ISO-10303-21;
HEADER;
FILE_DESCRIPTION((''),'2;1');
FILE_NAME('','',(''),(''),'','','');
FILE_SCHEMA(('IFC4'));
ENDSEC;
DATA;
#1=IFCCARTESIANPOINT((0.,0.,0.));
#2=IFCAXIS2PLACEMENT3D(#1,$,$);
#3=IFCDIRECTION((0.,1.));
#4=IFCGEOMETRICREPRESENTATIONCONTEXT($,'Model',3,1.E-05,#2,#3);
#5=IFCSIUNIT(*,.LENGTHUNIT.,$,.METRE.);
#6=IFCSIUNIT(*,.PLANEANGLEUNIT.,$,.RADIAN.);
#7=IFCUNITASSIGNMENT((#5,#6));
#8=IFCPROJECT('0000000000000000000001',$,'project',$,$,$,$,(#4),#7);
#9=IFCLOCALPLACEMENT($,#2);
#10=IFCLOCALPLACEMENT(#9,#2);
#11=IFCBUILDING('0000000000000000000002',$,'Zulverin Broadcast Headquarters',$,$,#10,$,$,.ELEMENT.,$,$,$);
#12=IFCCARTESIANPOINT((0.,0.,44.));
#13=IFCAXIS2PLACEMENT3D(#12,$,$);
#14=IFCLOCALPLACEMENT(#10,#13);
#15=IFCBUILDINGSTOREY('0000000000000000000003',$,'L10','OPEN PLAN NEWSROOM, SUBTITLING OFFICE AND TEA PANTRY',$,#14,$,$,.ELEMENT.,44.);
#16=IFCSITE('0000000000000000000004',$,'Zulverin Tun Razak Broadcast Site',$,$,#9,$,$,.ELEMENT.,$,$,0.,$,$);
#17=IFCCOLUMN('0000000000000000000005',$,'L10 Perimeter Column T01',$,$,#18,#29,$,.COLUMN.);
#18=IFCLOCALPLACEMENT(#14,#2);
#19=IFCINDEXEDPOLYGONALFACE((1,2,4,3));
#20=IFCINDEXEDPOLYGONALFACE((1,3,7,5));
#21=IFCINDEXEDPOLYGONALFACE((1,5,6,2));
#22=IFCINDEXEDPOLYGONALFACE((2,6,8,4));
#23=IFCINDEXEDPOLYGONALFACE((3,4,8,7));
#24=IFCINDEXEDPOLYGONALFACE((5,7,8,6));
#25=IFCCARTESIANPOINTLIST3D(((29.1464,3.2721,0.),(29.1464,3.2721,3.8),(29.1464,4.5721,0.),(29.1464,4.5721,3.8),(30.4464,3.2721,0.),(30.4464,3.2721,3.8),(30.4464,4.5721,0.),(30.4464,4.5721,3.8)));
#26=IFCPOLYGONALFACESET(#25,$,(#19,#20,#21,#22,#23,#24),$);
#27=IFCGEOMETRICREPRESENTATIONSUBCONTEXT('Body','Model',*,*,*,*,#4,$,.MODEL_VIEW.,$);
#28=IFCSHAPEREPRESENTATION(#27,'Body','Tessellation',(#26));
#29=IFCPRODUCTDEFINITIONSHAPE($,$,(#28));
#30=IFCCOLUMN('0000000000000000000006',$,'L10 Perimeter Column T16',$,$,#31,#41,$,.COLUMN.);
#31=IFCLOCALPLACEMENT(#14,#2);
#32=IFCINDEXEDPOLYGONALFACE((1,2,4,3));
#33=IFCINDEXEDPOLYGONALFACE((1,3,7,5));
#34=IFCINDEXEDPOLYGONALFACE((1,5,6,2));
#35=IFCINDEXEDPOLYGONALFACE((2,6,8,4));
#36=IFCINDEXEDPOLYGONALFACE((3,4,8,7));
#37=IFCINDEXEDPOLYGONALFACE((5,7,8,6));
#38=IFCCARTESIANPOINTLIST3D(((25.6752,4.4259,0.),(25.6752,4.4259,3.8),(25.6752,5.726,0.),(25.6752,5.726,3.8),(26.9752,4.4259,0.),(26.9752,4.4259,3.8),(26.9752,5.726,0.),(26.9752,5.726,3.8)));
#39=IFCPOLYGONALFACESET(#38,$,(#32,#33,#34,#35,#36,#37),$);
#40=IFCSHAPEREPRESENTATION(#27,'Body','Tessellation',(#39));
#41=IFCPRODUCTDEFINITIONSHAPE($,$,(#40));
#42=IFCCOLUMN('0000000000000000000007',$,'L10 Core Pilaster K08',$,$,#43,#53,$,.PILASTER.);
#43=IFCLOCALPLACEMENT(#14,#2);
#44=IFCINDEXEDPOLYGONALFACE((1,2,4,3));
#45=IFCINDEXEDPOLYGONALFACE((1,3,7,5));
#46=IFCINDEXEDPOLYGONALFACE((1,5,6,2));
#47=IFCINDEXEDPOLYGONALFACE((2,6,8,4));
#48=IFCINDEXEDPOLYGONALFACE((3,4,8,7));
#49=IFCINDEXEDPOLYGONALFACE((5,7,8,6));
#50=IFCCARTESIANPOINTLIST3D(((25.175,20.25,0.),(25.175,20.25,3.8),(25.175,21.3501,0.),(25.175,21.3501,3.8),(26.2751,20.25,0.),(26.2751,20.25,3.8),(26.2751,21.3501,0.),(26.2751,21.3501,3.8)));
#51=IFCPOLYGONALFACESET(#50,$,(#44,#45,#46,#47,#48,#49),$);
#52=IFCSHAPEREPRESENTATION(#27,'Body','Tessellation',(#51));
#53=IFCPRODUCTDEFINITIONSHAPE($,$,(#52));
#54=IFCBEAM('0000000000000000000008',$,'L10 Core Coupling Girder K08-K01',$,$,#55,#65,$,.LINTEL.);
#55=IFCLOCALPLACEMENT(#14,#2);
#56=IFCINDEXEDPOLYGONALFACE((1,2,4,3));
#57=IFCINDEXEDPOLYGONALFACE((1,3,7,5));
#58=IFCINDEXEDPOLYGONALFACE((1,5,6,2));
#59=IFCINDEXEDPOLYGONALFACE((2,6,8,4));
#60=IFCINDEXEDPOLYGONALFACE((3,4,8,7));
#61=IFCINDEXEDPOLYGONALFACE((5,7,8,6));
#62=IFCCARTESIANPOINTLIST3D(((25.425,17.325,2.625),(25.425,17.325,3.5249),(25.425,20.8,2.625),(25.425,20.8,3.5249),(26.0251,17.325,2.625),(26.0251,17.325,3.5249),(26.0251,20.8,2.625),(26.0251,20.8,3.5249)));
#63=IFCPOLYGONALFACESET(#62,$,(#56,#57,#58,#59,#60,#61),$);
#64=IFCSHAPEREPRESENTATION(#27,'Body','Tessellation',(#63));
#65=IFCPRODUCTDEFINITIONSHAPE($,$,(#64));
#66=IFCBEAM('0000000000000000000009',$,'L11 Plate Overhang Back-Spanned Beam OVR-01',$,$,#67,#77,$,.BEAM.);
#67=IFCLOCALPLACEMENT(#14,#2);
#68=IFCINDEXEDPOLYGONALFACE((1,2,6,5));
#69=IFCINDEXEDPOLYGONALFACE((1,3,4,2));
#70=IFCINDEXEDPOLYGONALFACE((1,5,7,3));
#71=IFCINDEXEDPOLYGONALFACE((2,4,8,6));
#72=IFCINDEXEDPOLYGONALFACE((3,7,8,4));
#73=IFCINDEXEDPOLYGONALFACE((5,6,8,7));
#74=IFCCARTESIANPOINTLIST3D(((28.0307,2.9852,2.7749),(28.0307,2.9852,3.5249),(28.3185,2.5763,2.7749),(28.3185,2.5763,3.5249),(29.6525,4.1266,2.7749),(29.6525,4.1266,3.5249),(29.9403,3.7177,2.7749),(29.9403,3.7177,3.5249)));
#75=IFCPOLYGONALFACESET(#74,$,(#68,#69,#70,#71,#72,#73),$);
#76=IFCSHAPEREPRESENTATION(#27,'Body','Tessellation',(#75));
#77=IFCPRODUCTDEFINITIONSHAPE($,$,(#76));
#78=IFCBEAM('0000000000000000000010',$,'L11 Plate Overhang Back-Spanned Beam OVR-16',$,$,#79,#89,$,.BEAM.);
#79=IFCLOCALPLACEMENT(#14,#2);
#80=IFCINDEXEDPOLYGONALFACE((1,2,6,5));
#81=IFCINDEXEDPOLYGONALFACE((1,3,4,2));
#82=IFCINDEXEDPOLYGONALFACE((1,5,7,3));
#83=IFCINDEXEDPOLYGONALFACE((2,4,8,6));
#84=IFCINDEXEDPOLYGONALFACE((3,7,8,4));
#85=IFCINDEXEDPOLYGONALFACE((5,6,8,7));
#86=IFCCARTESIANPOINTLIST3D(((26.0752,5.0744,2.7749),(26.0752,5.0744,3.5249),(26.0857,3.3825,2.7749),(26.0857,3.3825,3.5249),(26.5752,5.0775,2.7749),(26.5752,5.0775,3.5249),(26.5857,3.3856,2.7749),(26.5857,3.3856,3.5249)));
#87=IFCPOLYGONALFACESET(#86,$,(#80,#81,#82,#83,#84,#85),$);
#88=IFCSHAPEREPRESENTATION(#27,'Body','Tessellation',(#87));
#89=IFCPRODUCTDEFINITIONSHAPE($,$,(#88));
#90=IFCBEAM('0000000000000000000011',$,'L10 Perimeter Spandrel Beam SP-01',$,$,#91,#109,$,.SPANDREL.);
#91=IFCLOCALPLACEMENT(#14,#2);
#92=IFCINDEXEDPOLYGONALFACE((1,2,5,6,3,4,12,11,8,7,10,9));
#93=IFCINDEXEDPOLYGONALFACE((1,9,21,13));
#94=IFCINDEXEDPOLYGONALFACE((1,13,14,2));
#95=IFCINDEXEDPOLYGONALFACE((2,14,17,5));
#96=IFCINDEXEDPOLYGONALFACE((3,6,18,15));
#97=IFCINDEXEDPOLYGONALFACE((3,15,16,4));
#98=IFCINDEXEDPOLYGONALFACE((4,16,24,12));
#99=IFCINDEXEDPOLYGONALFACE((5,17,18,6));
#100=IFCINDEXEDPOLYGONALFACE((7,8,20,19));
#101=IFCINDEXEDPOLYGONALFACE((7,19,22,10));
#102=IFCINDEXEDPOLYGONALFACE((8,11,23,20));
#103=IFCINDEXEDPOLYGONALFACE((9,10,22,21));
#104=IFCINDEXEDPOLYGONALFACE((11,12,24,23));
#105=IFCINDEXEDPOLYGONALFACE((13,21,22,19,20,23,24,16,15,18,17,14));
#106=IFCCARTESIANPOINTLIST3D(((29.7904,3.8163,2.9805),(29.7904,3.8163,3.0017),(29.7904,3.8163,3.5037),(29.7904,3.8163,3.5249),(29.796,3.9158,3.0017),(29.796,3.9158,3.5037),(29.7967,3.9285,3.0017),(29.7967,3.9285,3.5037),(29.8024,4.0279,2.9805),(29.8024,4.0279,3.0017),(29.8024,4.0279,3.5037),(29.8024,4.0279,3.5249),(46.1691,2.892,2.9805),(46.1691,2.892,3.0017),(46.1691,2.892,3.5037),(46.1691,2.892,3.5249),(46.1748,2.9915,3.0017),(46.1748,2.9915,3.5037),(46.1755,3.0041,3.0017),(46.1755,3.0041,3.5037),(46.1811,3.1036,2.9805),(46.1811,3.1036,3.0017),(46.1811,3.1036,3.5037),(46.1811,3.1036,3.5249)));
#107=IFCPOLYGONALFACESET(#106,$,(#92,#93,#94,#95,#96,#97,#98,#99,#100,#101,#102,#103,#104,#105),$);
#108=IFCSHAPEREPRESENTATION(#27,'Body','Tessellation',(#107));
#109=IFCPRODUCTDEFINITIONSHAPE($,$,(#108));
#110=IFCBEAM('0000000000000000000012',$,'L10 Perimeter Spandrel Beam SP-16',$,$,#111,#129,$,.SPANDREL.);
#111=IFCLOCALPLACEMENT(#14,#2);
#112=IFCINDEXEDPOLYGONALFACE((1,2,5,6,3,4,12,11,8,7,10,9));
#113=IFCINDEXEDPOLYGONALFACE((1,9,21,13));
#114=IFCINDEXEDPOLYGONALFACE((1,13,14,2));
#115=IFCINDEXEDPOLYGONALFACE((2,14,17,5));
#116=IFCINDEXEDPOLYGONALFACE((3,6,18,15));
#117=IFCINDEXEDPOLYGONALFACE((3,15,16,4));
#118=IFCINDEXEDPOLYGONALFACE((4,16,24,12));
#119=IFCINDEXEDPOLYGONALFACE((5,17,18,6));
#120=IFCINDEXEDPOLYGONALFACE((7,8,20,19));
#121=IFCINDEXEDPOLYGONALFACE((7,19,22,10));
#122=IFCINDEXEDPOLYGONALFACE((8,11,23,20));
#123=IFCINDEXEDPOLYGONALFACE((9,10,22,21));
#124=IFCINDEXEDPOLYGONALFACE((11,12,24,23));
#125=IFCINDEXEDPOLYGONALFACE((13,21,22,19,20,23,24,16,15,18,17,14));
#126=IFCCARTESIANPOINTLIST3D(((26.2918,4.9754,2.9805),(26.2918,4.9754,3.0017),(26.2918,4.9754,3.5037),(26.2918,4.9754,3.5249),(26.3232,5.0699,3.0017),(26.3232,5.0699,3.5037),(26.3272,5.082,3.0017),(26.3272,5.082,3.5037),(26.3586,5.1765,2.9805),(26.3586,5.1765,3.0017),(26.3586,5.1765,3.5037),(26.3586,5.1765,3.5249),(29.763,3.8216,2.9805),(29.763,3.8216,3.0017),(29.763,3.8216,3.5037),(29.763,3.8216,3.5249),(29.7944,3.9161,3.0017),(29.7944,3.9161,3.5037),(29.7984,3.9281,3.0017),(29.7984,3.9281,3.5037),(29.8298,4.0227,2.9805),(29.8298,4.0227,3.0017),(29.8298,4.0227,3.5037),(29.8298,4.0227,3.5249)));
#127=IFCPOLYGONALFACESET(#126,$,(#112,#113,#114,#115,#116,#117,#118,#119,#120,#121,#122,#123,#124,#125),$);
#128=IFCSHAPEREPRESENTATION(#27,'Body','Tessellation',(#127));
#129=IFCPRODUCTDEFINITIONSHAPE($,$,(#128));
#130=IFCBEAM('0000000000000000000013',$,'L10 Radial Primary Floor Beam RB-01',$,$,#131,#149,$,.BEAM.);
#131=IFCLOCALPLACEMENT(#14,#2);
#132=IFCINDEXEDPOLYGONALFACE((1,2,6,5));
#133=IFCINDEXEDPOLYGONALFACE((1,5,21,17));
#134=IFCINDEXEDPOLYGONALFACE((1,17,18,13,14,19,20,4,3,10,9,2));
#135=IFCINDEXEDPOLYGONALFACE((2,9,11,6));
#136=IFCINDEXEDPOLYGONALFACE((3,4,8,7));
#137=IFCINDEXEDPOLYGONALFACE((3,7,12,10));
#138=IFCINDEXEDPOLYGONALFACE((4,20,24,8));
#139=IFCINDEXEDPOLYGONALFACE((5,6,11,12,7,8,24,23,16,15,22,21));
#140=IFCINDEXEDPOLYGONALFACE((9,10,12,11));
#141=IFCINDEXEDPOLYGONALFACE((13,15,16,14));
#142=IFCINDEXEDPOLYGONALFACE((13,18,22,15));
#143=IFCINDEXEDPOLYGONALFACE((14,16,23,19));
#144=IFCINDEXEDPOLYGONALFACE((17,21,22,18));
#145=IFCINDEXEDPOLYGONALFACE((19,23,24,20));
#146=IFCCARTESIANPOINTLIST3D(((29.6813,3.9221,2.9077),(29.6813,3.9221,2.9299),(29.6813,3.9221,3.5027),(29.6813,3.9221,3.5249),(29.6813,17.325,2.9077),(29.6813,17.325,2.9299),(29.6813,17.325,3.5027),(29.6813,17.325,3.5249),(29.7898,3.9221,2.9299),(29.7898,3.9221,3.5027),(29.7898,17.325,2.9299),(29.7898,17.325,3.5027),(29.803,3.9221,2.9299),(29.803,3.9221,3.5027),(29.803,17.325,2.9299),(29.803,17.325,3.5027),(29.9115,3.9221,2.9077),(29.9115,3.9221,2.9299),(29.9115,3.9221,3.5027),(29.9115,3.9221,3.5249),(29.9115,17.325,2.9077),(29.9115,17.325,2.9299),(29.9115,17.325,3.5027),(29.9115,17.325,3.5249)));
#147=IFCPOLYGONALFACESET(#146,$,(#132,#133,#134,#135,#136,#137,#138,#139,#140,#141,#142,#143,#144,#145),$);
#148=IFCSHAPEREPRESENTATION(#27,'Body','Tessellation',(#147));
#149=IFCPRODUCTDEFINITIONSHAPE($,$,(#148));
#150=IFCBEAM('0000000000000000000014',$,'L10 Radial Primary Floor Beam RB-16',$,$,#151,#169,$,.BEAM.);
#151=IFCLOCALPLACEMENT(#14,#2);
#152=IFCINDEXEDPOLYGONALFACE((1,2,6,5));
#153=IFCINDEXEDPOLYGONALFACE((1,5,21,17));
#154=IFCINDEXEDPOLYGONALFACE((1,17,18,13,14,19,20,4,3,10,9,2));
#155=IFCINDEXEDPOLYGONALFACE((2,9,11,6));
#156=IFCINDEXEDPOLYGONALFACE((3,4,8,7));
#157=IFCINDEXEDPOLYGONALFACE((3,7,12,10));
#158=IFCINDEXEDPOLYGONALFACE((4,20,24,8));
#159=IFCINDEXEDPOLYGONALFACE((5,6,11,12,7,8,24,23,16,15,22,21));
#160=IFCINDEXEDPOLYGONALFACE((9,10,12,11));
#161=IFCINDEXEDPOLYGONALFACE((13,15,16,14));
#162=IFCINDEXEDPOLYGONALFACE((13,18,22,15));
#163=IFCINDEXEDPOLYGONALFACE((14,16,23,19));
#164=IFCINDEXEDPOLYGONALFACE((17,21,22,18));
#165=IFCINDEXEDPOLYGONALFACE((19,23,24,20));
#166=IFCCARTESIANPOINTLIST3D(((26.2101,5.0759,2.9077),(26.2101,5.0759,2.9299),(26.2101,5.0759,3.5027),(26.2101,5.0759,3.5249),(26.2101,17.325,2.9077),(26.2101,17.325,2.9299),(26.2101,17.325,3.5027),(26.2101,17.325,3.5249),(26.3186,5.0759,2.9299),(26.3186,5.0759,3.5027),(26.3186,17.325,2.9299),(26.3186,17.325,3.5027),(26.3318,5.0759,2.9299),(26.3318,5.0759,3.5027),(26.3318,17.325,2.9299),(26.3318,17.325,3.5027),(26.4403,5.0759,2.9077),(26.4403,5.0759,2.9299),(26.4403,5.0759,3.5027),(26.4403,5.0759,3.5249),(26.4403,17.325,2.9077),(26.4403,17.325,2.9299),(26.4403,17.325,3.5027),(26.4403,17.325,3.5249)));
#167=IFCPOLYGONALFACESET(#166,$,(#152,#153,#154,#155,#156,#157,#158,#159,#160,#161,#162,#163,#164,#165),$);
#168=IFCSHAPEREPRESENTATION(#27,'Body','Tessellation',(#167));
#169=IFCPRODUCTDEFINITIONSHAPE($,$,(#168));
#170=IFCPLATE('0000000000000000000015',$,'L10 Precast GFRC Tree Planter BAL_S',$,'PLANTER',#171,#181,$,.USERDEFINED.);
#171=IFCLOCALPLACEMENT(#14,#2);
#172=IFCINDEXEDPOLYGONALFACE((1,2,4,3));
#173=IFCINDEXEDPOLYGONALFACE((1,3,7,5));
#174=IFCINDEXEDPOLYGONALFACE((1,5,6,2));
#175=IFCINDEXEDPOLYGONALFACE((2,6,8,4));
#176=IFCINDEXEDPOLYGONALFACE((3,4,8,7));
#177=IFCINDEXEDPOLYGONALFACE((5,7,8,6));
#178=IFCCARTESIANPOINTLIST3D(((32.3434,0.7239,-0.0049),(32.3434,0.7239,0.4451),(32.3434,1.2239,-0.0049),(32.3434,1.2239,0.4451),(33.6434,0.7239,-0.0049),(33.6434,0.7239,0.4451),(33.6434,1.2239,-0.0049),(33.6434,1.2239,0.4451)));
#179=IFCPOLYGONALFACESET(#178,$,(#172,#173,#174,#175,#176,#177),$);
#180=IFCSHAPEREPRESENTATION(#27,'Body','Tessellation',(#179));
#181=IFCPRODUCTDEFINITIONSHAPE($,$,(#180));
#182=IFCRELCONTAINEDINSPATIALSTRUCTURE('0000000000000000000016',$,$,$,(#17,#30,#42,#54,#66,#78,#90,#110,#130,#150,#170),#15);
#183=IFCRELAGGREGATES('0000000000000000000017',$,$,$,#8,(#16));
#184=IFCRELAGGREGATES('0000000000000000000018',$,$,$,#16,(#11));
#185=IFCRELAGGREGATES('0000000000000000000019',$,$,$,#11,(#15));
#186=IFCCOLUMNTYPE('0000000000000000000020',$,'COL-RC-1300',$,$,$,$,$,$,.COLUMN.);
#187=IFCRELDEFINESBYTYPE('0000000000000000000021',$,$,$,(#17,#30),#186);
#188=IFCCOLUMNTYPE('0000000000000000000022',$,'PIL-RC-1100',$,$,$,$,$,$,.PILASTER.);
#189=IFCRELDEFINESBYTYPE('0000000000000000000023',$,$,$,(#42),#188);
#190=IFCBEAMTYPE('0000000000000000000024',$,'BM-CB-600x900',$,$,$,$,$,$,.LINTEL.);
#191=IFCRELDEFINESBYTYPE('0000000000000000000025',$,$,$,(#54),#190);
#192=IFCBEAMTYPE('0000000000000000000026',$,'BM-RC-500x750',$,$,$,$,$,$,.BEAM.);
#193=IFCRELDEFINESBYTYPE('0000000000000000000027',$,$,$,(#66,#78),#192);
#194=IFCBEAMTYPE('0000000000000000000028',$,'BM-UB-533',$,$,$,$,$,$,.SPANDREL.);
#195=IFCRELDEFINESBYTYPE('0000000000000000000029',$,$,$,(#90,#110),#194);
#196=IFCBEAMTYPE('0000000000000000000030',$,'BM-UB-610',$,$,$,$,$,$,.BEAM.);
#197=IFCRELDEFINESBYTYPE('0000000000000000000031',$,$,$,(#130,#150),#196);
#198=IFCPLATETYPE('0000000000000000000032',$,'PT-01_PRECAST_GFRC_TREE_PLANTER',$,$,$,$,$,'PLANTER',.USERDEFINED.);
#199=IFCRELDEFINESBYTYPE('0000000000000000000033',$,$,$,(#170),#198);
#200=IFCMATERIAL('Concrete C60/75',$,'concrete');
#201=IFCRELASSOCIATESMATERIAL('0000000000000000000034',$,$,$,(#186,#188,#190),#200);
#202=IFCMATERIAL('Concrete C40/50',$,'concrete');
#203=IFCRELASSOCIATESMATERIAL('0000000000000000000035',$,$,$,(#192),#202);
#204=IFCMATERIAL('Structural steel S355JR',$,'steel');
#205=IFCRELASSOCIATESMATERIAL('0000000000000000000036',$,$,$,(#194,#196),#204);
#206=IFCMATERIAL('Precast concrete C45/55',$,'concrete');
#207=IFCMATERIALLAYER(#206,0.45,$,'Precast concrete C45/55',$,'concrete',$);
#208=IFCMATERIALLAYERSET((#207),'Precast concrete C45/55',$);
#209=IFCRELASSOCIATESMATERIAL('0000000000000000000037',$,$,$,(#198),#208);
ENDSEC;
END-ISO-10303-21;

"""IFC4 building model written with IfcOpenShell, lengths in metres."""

from ifc_helpers import new_model, si_unit, direction, frame, origin, origin_2d, place, context, subcontext, project, spatial, rectangle, i_section, extrude, material, layer, layer_set, material_profile, profile_set, type_object, element, save


model = new_model("IFC4")

# Units and contexts
model_context = context("Model", 3, precision=1e-05, world=origin(), true_north=direction((0.0, 1.0)))
body_context = subcontext(model_context, "Body", "Model", "MODEL_VIEW")
ifc_project = project(units=[si_unit("LENGTHUNIT", "METRE"), si_unit("PLANEANGLEUNIT", "RADIAN")], contexts=[model_context])

# Site, building, storey
site_placement = place(None, origin())
site = spatial("IfcSite", under=ifc_project, at=site_placement, Name="Zulverin Tun Razak Broadcast Site", CompositionType="ELEMENT", RefElevation=0.0)
building_placement = place(site_placement, origin())
building = spatial("IfcBuilding", under=site, at=building_placement, Name="Zulverin Broadcast Headquarters", CompositionType="ELEMENT")
storey_placement = place(building_placement, frame((0.0, 0.0, 44.0)))
storey = spatial("IfcBuildingStorey", under=building, at=storey_placement, Name="L10", Description="OPEN PLAN NEWSROOM, SUBTITLING OFFICE AND TEA PANTRY", CompositionType="ELEMENT", Elevation=44.0)

# Columns
ifc_material_1 = material(Name="Concrete C60/75", Category="concrete")
ifc_material_profile_1 = material_profile(ifc_material_1, rectangle(XDim=1.3, YDim=1.3, at=origin_2d()), Name="Concrete C60/75", Category="concrete")
ifc_profile_set_1 = profile_set([ifc_material_profile_1], Name="Concrete C60/75")
column_type_1 = type_object("IfcColumnType", Name="COL-RC-1300", PredefinedType="COLUMN", material=ifc_profile_set_1)
for number, where, z_axis, x_axis, name in (
    (1, (29.7964, 3.9221, 0.0), (0.0, 0.0, 1.0), (1.0, 0.0, 0.0), "L10 Perimeter Column T01"),
    (2, (26.3252, 5.0759, 0.0), (0.0, 0.0, 1.0), (1.0, 0.0, 0.0), "L10 Perimeter Column T16"),
):
    element("IfcColumn", number, at=place(storey_placement, frame(where, z_axis=z_axis, x_axis=x_axis)), inside=storey, type_object=column_type_1, Name=name, PredefinedType="COLUMN", context=body_context, shape_type="SweptSolid", body=[
        extrude(rectangle(XDim=1.3, YDim=1.3, at=origin_2d()), origin(), (0.0, 0.0, 1.0), 3.8),
    ])
ifc_material_profile_2 = material_profile(ifc_material_1, rectangle(XDim=1.1001, YDim=1.1001, at=origin_2d()), Name="Concrete C60/75", Category="concrete")
ifc_profile_set_2 = profile_set([ifc_material_profile_2], Name="Concrete C60/75")
column_type_2 = type_object("IfcColumnType", Name="PIL-RC-1100", PredefinedType="PILASTER", material=ifc_profile_set_2)
column_placement = place(storey_placement, frame((25.7251, 20.8, 0.0), z_axis=(0.0, 0.0, 1.0), x_axis=(1.0, 0.0, 0.0)))
element("IfcColumn", 3, at=column_placement, inside=storey, type_object=column_type_2, Name="L10 Core Pilaster K08", PredefinedType="PILASTER", context=body_context, shape_type="SweptSolid", body=[
    extrude(rectangle(XDim=1.1001, YDim=1.1001, at=origin_2d()), origin(), (0.0, 0.0, 1.0), 3.8),
])

# Beams
ifc_material_profile_3 = material_profile(ifc_material_1, rectangle(XDim=0.6001, YDim=0.8999, at=origin_2d()), Name="Concrete C60/75", Category="concrete")
ifc_profile_set_3 = profile_set([ifc_material_profile_3], Name="Concrete C60/75")
beam_type_1 = type_object("IfcBeamType", Name="BM-CB-600x900", PredefinedType="LINTEL", material=ifc_profile_set_3)
beam_1_placement = place(storey_placement, frame((25.7251, 20.8, 3.075), z_axis=(0.0, -1.0, 0.0), x_axis=(1.0, 0.0, 0.0)))
element("IfcBeam", 4, at=beam_1_placement, inside=storey, type_object=beam_type_1, Name="L10 Core Coupling Girder K08-K01", PredefinedType="LINTEL", context=body_context, shape_type="SweptSolid", body=[
    extrude(rectangle(XDim=0.6001, YDim=0.8999, at=origin_2d()), origin(), (0.0, 0.0, 1.0), 3.4751),
])
ifc_material_2 = material(Name="Concrete C40/50", Category="concrete")
ifc_material_profile_4 = material_profile(ifc_material_2, rectangle(XDim=0.5, YDim=0.75, at=origin_2d()), Name="Concrete C40/50", Category="concrete")
ifc_profile_set_4 = profile_set([ifc_material_profile_4], Name="Concrete C40/50")
beam_type_2 = type_object("IfcBeamType", Name="BM-RC-500x750", PredefinedType="BEAM", material=ifc_profile_set_4)
beam_2_placement = place(storey_placement, frame((29.7964, 3.9221, 3.1499), z_axis=(-0.817789, -0.575518, 0.0), x_axis=(0.575518, -0.817789, 0.0)))
element("IfcBeam", 5, at=beam_2_placement, inside=storey, type_object=beam_type_2, Name="L11 Plate Overhang Back-Spanned Beam OVR-01", PredefinedType="BEAM", context=body_context, shape_type="SweptSolid", body=[
    extrude(rectangle(XDim=0.5, YDim=0.75, at=origin_2d()), origin(), (0.0, 0.0, 1.0), 1.9832),
])
beam_3_placement = place(storey_placement, frame((26.3252, 5.0759, 3.1499), z_axis=(0.006205, -0.999981, 0.0), x_axis=(0.999981, 0.006205, 0.0)))
element("IfcBeam", 6, at=beam_3_placement, inside=storey, type_object=beam_type_2, Name="L11 Plate Overhang Back-Spanned Beam OVR-16", PredefinedType="BEAM", context=body_context, shape_type="SweptSolid", body=[
    extrude(rectangle(XDim=0.5, YDim=0.75, at=origin_2d()), origin(), (0.0, 0.0, 1.0), 1.6919),
])
ifc_material_3 = material(Name="Structural steel S355JR", Category="steel")
ifc_material_profile_5 = material_profile(ifc_material_3, i_section(OverallWidth=0.2119, OverallDepth=0.5444, WebThickness=0.0127, FlangeThickness=0.0212, at=origin_2d()), Name="Structural steel S355JR", Category="steel")
ifc_profile_set_5 = profile_set([ifc_material_profile_5], Name="Structural steel S355JR")
beam_type_3 = type_object("IfcBeamType", Name="BM-UB-533", PredefinedType="SPANDREL", material=ifc_profile_set_5)
beam_4_placement = place(storey_placement, frame((29.7964, 3.9221, 3.2527), z_axis=(0.998411, -0.056345, 0.0), x_axis=(0.056345, 0.998411, 0.0)))
element("IfcBeam", 7, at=beam_4_placement, inside=storey, type_object=beam_type_3, Name="L10 Perimeter Spandrel Beam SP-01", PredefinedType="SPANDREL", context=body_context, shape_type="SweptSolid", body=[
    extrude(i_section(OverallWidth=0.2119, OverallDepth=0.5444, WebThickness=0.0127, FlangeThickness=0.0212, at=origin_2d()), origin(), (0.0, 0.0, 1.0), 16.4048),
])
beam_5_placement = place(storey_placement, frame((26.3252, 5.0759, 3.2527), z_axis=(0.94895, -0.315427, 0.0), x_axis=(0.315427, 0.94895, 0.0)))
element("IfcBeam", 8, at=beam_5_placement, inside=storey, type_object=beam_type_3, Name="L10 Perimeter Spandrel Beam SP-16", PredefinedType="SPANDREL", context=body_context, shape_type="SweptSolid", body=[
    extrude(i_section(OverallWidth=0.2119, OverallDepth=0.5444, WebThickness=0.0127, FlangeThickness=0.0212, at=origin_2d()), origin(), (0.0, 0.0, 1.0), 3.658),
])
ifc_material_profile_6 = material_profile(ifc_material_3, i_section(OverallWidth=0.2302, OverallDepth=0.6172, WebThickness=0.0132, FlangeThickness=0.0222, at=origin_2d()), Name="Structural steel S355JR", Category="steel")
ifc_profile_set_6 = profile_set([ifc_material_profile_6], Name="Structural steel S355JR")
beam_type_4 = type_object("IfcBeamType", Name="BM-UB-610", PredefinedType="BEAM", material=ifc_profile_set_6)
beam_6_placement = place(storey_placement, frame((29.7964, 17.325, 3.2163), z_axis=(0.0, -1.0, 0.0), x_axis=(1.0, 0.0, 0.0)))
element("IfcBeam", 9, at=beam_6_placement, inside=storey, type_object=beam_type_4, Name="L10 Radial Primary Floor Beam RB-01", PredefinedType="BEAM", context=body_context, shape_type="SweptSolid", body=[
    extrude(i_section(OverallWidth=0.2302, OverallDepth=0.6172, WebThickness=0.0132, FlangeThickness=0.0222, at=origin_2d()), origin(), (0.0, 0.0, 1.0), 13.4028),
])
beam_7_placement = place(storey_placement, frame((26.3252, 17.325, 3.2163), z_axis=(0.0, -1.0, 0.0), x_axis=(1.0, 0.0, 0.0)))
element("IfcBeam", 10, at=beam_7_placement, inside=storey, type_object=beam_type_4, Name="L10 Radial Primary Floor Beam RB-16", PredefinedType="BEAM", context=body_context, shape_type="SweptSolid", body=[
    extrude(i_section(OverallWidth=0.2302, OverallDepth=0.6172, WebThickness=0.0132, FlangeThickness=0.0222, at=origin_2d()), origin(), (0.0, 0.0, 1.0), 12.249),
])

# Plate
ifc_material_4 = material(Name="Precast concrete C45/55", Category="concrete")
ifc_layer_1 = layer(ifc_material_4, 0.45, Name="Precast concrete C45/55", Category="concrete")
ifc_layer_set_1 = layer_set([ifc_layer_1], Name="Precast concrete C45/55")
plate_type = type_object("IfcPlateType", Name="PT-01_PRECAST_GFRC_TREE_PLANTER", ElementType="PLANTER", PredefinedType="USERDEFINED", material=ifc_layer_set_1)
plate_placement = place(storey_placement, frame((32.9934, 0.9739, -0.0049), z_axis=(0.0, 0.0, 1.0), x_axis=(1.0, 0.0, 0.0)))
element("IfcPlate", 11, at=plate_placement, inside=storey, type_object=plate_type, Name="L10 Precast GFRC Tree Planter BAL_S", ObjectType="PLANTER", PredefinedType="USERDEFINED", context=body_context, shape_type="SweptSolid", body=[
    extrude(rectangle(XDim=1.3, YDim=0.5, at=origin_2d()), origin(), (0.0, 0.0, 1.0), 0.45),
])

save(model, "model.ifc")
